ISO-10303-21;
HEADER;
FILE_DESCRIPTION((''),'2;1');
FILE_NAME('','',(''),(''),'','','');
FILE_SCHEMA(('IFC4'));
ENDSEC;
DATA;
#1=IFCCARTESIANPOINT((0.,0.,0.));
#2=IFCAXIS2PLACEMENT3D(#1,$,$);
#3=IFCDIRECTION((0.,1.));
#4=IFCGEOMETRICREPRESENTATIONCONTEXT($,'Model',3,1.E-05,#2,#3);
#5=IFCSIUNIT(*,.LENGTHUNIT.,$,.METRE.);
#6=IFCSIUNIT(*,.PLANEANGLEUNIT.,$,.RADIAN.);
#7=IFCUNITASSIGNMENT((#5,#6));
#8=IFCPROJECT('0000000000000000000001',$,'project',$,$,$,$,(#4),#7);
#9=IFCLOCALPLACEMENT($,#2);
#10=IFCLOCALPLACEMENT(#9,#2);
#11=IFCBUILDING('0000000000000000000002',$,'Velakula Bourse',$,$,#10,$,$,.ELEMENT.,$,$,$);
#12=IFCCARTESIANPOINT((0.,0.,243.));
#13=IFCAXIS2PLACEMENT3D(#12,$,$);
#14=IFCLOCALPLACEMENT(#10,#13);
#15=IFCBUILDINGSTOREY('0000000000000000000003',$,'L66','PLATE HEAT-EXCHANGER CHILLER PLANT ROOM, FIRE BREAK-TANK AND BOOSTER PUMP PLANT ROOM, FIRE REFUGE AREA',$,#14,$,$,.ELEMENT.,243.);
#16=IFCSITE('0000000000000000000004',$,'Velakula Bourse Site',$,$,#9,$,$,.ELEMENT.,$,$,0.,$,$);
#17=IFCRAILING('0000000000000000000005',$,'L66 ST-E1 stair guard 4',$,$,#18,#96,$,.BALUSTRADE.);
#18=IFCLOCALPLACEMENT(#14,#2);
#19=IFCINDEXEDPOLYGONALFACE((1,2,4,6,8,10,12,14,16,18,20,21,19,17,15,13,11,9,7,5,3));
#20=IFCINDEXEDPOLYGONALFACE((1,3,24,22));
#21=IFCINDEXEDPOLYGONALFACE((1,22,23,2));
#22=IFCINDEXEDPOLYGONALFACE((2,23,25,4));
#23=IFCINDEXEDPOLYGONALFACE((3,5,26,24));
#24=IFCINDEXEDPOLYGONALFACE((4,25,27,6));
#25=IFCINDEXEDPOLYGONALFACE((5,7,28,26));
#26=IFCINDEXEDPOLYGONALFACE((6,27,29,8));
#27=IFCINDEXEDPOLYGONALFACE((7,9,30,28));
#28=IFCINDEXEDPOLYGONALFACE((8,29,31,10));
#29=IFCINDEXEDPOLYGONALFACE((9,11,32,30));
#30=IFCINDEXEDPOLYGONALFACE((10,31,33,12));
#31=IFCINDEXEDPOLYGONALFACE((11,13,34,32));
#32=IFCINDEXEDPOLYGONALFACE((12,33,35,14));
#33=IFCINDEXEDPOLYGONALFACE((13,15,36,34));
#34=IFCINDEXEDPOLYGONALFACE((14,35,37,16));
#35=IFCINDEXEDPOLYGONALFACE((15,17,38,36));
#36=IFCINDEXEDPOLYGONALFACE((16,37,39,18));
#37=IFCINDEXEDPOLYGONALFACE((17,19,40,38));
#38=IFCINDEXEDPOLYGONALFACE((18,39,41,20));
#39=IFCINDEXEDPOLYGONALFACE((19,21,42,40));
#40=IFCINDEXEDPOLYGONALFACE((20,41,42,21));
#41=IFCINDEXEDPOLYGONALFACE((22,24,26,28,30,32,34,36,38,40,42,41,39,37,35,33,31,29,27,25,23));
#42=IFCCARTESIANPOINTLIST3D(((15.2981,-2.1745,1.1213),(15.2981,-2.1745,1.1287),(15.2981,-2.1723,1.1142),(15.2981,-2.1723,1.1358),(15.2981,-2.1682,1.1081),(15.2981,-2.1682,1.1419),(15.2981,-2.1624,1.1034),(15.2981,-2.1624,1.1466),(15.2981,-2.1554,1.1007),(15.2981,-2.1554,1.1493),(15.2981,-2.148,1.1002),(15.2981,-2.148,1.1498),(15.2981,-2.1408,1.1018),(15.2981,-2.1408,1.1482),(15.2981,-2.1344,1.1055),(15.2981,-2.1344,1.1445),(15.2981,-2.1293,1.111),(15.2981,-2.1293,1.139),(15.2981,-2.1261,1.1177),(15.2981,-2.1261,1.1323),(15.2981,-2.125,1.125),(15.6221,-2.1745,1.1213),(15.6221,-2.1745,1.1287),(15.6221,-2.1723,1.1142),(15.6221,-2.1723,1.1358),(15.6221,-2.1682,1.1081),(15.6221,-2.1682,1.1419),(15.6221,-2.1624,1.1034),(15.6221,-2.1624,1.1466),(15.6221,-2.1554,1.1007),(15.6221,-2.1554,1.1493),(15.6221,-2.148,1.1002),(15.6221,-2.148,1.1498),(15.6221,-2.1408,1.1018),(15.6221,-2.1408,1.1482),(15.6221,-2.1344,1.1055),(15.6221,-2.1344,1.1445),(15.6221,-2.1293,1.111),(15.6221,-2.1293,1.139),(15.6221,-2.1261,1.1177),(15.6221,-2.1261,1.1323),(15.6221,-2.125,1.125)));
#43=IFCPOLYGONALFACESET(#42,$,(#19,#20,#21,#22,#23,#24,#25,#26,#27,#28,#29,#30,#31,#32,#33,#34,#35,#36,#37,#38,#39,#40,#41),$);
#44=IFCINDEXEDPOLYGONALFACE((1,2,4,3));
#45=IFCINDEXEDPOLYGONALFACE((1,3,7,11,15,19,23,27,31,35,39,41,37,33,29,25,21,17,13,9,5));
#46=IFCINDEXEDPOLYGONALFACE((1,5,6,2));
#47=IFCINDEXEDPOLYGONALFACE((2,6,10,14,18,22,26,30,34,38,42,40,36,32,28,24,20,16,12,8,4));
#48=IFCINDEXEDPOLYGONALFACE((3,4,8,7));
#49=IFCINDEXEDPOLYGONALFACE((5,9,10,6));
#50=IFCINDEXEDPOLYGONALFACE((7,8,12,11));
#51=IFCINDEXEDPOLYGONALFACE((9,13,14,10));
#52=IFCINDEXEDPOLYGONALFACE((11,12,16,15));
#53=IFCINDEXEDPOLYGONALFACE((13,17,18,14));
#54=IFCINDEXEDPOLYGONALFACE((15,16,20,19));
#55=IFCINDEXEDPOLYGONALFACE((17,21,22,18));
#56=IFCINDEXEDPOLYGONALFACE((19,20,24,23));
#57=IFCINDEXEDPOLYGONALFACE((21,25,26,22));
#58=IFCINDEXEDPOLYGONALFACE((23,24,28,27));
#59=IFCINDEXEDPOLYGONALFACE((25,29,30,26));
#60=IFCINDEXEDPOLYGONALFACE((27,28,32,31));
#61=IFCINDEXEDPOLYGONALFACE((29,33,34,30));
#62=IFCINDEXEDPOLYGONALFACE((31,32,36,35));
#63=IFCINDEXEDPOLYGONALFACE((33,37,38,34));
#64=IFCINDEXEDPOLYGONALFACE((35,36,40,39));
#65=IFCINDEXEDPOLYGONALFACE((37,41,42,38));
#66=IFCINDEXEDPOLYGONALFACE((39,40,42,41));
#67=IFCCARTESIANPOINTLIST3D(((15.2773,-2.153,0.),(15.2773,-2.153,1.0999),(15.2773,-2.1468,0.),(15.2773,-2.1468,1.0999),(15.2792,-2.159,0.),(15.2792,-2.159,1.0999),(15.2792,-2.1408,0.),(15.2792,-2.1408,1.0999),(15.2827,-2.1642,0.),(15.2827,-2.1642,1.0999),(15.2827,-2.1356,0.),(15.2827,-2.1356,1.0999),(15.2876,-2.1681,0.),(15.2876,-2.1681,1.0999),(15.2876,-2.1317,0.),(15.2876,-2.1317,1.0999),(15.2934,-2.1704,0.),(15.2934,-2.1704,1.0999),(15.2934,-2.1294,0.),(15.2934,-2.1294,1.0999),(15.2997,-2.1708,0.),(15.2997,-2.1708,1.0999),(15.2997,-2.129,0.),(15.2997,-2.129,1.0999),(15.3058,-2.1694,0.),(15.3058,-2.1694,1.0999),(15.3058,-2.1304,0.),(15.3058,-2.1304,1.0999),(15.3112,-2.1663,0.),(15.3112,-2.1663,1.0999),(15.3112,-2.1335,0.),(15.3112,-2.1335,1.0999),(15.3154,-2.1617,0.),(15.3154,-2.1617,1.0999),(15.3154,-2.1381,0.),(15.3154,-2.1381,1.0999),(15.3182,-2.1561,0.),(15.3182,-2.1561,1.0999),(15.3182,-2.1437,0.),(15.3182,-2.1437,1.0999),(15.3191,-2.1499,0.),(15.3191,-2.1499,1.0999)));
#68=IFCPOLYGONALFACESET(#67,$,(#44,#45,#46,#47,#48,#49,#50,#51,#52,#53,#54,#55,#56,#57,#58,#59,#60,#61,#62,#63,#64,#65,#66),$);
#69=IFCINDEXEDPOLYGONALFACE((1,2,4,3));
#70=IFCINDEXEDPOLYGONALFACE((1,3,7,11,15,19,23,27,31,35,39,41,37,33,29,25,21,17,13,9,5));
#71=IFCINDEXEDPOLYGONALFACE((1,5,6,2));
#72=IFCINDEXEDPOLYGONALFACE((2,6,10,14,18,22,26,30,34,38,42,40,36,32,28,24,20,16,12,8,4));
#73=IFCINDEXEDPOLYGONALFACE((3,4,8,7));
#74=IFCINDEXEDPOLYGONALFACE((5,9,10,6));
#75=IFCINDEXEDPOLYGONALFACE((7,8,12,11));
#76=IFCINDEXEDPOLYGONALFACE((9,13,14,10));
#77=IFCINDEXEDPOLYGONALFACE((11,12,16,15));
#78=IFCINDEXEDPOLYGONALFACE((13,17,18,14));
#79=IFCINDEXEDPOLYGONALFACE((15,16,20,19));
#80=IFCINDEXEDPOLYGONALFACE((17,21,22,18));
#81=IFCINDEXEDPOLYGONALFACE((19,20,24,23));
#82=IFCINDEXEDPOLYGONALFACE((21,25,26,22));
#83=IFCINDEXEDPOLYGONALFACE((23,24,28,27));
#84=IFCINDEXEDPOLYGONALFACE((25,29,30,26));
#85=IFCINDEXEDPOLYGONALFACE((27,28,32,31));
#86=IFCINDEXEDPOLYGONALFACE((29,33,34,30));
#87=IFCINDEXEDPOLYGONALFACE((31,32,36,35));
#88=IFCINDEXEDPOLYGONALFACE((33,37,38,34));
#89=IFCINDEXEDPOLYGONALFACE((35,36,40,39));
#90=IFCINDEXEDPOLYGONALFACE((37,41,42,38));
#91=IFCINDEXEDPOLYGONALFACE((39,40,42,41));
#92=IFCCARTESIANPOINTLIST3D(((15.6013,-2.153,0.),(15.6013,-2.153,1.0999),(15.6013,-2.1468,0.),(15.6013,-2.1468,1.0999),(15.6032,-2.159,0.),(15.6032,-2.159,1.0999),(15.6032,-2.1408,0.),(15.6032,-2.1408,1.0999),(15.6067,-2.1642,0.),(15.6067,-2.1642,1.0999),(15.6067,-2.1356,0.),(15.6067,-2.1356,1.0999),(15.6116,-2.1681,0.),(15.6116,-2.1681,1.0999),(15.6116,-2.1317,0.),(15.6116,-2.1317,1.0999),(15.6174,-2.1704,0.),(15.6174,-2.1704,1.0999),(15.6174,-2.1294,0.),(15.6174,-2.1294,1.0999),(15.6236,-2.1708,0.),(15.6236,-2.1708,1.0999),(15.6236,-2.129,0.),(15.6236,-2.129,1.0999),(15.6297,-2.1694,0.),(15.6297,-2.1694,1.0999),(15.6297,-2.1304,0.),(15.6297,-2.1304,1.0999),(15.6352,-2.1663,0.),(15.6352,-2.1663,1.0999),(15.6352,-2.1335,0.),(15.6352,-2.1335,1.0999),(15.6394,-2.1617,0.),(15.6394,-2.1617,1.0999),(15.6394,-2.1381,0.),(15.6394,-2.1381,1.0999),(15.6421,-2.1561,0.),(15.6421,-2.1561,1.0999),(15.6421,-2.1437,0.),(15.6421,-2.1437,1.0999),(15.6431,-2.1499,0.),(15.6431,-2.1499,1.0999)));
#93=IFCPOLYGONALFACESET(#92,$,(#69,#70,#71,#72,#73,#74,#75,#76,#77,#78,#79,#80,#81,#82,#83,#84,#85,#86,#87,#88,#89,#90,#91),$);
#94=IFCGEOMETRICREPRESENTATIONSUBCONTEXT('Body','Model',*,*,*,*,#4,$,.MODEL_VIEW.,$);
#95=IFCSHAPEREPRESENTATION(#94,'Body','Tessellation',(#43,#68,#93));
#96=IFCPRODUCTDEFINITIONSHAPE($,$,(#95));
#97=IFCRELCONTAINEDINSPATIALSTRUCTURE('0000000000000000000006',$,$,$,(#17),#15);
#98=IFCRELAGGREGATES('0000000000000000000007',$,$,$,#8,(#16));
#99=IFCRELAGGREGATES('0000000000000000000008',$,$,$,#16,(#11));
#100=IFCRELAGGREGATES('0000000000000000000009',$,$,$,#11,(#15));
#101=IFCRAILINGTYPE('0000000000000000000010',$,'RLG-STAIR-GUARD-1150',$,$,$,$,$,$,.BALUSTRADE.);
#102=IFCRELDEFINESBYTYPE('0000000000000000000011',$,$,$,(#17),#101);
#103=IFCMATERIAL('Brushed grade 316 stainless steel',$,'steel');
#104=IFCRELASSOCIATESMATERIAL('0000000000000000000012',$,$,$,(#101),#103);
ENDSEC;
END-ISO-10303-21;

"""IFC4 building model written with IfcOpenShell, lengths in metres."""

from ifc_helpers import new_model, si_unit, direction, frame, origin, origin_2d, place, context, subcontext, project, spatial, circle, extrude, material, type_object, element, save


model = new_model("IFC4")

# Units and contexts
model_context = context("Model", 3, precision=1e-05, world=origin(), true_north=direction((0.0, 1.0)))
body_context = subcontext(model_context, "Body", "Model", "MODEL_VIEW")
ifc_project = project(units=[si_unit("LENGTHUNIT", "METRE"), si_unit("PLANEANGLEUNIT", "RADIAN")], contexts=[model_context])

# Site, building, storey
site_placement = place(None, origin())
site = spatial("IfcSite", under=ifc_project, at=site_placement, Name="Velakula Bourse Site", CompositionType="ELEMENT", RefElevation=0.0)
building_placement = place(site_placement, origin())
building = spatial("IfcBuilding", under=site, at=building_placement, Name="Velakula Bourse", CompositionType="ELEMENT")
storey_placement = place(building_placement, frame((0.0, 0.0, 243.0)))
storey = spatial("IfcBuildingStorey", under=building, at=storey_placement, Name="L66", Description="PLATE HEAT-EXCHANGER CHILLER PLANT ROOM, FIRE BREAK-TANK AND BOOSTER PUMP PLANT ROOM, FIRE REFUGE AREA", CompositionType="ELEMENT", Elevation=243.0)

# Railing
ifc_material_1 = material(Name="Brushed grade 316 stainless steel", Category="steel")
railing_type_1 = type_object("IfcRailingType", Name="RLG-STAIR-GUARD-1150", PredefinedType="BALUSTRADE", material=ifc_material_1)
railing_1_placement = place(storey_placement, frame((15.2981, -2.1499, 0.0)))
element("IfcRailing", 1, at=railing_1_placement, inside=storey, type_object=railing_type_1, Name="L66 ST-E1 stair guard 4", PredefinedType="BALUSTRADE", context=body_context, shape_type="SweptSolid", body=[
    extrude(circle(Radius=0.0249, at=origin_2d()), frame((0.0, 0.0, 1.125), z_axis=(1.0, 0.0, 0.0), x_axis=(0.0, 1.0, 0.0)), (0.0, 0.0, 1.0), 0.324),
    extrude(circle(Radius=0.021, at=origin_2d()), origin(), (0.0, 0.0, 1.0), 1.0999),
    extrude(circle(Radius=0.021, at=origin_2d()), frame((0.324, 0.0, 0.0)), (0.0, 0.0, 1.0), 1.0999),
])

save(model, "model.ifc")
